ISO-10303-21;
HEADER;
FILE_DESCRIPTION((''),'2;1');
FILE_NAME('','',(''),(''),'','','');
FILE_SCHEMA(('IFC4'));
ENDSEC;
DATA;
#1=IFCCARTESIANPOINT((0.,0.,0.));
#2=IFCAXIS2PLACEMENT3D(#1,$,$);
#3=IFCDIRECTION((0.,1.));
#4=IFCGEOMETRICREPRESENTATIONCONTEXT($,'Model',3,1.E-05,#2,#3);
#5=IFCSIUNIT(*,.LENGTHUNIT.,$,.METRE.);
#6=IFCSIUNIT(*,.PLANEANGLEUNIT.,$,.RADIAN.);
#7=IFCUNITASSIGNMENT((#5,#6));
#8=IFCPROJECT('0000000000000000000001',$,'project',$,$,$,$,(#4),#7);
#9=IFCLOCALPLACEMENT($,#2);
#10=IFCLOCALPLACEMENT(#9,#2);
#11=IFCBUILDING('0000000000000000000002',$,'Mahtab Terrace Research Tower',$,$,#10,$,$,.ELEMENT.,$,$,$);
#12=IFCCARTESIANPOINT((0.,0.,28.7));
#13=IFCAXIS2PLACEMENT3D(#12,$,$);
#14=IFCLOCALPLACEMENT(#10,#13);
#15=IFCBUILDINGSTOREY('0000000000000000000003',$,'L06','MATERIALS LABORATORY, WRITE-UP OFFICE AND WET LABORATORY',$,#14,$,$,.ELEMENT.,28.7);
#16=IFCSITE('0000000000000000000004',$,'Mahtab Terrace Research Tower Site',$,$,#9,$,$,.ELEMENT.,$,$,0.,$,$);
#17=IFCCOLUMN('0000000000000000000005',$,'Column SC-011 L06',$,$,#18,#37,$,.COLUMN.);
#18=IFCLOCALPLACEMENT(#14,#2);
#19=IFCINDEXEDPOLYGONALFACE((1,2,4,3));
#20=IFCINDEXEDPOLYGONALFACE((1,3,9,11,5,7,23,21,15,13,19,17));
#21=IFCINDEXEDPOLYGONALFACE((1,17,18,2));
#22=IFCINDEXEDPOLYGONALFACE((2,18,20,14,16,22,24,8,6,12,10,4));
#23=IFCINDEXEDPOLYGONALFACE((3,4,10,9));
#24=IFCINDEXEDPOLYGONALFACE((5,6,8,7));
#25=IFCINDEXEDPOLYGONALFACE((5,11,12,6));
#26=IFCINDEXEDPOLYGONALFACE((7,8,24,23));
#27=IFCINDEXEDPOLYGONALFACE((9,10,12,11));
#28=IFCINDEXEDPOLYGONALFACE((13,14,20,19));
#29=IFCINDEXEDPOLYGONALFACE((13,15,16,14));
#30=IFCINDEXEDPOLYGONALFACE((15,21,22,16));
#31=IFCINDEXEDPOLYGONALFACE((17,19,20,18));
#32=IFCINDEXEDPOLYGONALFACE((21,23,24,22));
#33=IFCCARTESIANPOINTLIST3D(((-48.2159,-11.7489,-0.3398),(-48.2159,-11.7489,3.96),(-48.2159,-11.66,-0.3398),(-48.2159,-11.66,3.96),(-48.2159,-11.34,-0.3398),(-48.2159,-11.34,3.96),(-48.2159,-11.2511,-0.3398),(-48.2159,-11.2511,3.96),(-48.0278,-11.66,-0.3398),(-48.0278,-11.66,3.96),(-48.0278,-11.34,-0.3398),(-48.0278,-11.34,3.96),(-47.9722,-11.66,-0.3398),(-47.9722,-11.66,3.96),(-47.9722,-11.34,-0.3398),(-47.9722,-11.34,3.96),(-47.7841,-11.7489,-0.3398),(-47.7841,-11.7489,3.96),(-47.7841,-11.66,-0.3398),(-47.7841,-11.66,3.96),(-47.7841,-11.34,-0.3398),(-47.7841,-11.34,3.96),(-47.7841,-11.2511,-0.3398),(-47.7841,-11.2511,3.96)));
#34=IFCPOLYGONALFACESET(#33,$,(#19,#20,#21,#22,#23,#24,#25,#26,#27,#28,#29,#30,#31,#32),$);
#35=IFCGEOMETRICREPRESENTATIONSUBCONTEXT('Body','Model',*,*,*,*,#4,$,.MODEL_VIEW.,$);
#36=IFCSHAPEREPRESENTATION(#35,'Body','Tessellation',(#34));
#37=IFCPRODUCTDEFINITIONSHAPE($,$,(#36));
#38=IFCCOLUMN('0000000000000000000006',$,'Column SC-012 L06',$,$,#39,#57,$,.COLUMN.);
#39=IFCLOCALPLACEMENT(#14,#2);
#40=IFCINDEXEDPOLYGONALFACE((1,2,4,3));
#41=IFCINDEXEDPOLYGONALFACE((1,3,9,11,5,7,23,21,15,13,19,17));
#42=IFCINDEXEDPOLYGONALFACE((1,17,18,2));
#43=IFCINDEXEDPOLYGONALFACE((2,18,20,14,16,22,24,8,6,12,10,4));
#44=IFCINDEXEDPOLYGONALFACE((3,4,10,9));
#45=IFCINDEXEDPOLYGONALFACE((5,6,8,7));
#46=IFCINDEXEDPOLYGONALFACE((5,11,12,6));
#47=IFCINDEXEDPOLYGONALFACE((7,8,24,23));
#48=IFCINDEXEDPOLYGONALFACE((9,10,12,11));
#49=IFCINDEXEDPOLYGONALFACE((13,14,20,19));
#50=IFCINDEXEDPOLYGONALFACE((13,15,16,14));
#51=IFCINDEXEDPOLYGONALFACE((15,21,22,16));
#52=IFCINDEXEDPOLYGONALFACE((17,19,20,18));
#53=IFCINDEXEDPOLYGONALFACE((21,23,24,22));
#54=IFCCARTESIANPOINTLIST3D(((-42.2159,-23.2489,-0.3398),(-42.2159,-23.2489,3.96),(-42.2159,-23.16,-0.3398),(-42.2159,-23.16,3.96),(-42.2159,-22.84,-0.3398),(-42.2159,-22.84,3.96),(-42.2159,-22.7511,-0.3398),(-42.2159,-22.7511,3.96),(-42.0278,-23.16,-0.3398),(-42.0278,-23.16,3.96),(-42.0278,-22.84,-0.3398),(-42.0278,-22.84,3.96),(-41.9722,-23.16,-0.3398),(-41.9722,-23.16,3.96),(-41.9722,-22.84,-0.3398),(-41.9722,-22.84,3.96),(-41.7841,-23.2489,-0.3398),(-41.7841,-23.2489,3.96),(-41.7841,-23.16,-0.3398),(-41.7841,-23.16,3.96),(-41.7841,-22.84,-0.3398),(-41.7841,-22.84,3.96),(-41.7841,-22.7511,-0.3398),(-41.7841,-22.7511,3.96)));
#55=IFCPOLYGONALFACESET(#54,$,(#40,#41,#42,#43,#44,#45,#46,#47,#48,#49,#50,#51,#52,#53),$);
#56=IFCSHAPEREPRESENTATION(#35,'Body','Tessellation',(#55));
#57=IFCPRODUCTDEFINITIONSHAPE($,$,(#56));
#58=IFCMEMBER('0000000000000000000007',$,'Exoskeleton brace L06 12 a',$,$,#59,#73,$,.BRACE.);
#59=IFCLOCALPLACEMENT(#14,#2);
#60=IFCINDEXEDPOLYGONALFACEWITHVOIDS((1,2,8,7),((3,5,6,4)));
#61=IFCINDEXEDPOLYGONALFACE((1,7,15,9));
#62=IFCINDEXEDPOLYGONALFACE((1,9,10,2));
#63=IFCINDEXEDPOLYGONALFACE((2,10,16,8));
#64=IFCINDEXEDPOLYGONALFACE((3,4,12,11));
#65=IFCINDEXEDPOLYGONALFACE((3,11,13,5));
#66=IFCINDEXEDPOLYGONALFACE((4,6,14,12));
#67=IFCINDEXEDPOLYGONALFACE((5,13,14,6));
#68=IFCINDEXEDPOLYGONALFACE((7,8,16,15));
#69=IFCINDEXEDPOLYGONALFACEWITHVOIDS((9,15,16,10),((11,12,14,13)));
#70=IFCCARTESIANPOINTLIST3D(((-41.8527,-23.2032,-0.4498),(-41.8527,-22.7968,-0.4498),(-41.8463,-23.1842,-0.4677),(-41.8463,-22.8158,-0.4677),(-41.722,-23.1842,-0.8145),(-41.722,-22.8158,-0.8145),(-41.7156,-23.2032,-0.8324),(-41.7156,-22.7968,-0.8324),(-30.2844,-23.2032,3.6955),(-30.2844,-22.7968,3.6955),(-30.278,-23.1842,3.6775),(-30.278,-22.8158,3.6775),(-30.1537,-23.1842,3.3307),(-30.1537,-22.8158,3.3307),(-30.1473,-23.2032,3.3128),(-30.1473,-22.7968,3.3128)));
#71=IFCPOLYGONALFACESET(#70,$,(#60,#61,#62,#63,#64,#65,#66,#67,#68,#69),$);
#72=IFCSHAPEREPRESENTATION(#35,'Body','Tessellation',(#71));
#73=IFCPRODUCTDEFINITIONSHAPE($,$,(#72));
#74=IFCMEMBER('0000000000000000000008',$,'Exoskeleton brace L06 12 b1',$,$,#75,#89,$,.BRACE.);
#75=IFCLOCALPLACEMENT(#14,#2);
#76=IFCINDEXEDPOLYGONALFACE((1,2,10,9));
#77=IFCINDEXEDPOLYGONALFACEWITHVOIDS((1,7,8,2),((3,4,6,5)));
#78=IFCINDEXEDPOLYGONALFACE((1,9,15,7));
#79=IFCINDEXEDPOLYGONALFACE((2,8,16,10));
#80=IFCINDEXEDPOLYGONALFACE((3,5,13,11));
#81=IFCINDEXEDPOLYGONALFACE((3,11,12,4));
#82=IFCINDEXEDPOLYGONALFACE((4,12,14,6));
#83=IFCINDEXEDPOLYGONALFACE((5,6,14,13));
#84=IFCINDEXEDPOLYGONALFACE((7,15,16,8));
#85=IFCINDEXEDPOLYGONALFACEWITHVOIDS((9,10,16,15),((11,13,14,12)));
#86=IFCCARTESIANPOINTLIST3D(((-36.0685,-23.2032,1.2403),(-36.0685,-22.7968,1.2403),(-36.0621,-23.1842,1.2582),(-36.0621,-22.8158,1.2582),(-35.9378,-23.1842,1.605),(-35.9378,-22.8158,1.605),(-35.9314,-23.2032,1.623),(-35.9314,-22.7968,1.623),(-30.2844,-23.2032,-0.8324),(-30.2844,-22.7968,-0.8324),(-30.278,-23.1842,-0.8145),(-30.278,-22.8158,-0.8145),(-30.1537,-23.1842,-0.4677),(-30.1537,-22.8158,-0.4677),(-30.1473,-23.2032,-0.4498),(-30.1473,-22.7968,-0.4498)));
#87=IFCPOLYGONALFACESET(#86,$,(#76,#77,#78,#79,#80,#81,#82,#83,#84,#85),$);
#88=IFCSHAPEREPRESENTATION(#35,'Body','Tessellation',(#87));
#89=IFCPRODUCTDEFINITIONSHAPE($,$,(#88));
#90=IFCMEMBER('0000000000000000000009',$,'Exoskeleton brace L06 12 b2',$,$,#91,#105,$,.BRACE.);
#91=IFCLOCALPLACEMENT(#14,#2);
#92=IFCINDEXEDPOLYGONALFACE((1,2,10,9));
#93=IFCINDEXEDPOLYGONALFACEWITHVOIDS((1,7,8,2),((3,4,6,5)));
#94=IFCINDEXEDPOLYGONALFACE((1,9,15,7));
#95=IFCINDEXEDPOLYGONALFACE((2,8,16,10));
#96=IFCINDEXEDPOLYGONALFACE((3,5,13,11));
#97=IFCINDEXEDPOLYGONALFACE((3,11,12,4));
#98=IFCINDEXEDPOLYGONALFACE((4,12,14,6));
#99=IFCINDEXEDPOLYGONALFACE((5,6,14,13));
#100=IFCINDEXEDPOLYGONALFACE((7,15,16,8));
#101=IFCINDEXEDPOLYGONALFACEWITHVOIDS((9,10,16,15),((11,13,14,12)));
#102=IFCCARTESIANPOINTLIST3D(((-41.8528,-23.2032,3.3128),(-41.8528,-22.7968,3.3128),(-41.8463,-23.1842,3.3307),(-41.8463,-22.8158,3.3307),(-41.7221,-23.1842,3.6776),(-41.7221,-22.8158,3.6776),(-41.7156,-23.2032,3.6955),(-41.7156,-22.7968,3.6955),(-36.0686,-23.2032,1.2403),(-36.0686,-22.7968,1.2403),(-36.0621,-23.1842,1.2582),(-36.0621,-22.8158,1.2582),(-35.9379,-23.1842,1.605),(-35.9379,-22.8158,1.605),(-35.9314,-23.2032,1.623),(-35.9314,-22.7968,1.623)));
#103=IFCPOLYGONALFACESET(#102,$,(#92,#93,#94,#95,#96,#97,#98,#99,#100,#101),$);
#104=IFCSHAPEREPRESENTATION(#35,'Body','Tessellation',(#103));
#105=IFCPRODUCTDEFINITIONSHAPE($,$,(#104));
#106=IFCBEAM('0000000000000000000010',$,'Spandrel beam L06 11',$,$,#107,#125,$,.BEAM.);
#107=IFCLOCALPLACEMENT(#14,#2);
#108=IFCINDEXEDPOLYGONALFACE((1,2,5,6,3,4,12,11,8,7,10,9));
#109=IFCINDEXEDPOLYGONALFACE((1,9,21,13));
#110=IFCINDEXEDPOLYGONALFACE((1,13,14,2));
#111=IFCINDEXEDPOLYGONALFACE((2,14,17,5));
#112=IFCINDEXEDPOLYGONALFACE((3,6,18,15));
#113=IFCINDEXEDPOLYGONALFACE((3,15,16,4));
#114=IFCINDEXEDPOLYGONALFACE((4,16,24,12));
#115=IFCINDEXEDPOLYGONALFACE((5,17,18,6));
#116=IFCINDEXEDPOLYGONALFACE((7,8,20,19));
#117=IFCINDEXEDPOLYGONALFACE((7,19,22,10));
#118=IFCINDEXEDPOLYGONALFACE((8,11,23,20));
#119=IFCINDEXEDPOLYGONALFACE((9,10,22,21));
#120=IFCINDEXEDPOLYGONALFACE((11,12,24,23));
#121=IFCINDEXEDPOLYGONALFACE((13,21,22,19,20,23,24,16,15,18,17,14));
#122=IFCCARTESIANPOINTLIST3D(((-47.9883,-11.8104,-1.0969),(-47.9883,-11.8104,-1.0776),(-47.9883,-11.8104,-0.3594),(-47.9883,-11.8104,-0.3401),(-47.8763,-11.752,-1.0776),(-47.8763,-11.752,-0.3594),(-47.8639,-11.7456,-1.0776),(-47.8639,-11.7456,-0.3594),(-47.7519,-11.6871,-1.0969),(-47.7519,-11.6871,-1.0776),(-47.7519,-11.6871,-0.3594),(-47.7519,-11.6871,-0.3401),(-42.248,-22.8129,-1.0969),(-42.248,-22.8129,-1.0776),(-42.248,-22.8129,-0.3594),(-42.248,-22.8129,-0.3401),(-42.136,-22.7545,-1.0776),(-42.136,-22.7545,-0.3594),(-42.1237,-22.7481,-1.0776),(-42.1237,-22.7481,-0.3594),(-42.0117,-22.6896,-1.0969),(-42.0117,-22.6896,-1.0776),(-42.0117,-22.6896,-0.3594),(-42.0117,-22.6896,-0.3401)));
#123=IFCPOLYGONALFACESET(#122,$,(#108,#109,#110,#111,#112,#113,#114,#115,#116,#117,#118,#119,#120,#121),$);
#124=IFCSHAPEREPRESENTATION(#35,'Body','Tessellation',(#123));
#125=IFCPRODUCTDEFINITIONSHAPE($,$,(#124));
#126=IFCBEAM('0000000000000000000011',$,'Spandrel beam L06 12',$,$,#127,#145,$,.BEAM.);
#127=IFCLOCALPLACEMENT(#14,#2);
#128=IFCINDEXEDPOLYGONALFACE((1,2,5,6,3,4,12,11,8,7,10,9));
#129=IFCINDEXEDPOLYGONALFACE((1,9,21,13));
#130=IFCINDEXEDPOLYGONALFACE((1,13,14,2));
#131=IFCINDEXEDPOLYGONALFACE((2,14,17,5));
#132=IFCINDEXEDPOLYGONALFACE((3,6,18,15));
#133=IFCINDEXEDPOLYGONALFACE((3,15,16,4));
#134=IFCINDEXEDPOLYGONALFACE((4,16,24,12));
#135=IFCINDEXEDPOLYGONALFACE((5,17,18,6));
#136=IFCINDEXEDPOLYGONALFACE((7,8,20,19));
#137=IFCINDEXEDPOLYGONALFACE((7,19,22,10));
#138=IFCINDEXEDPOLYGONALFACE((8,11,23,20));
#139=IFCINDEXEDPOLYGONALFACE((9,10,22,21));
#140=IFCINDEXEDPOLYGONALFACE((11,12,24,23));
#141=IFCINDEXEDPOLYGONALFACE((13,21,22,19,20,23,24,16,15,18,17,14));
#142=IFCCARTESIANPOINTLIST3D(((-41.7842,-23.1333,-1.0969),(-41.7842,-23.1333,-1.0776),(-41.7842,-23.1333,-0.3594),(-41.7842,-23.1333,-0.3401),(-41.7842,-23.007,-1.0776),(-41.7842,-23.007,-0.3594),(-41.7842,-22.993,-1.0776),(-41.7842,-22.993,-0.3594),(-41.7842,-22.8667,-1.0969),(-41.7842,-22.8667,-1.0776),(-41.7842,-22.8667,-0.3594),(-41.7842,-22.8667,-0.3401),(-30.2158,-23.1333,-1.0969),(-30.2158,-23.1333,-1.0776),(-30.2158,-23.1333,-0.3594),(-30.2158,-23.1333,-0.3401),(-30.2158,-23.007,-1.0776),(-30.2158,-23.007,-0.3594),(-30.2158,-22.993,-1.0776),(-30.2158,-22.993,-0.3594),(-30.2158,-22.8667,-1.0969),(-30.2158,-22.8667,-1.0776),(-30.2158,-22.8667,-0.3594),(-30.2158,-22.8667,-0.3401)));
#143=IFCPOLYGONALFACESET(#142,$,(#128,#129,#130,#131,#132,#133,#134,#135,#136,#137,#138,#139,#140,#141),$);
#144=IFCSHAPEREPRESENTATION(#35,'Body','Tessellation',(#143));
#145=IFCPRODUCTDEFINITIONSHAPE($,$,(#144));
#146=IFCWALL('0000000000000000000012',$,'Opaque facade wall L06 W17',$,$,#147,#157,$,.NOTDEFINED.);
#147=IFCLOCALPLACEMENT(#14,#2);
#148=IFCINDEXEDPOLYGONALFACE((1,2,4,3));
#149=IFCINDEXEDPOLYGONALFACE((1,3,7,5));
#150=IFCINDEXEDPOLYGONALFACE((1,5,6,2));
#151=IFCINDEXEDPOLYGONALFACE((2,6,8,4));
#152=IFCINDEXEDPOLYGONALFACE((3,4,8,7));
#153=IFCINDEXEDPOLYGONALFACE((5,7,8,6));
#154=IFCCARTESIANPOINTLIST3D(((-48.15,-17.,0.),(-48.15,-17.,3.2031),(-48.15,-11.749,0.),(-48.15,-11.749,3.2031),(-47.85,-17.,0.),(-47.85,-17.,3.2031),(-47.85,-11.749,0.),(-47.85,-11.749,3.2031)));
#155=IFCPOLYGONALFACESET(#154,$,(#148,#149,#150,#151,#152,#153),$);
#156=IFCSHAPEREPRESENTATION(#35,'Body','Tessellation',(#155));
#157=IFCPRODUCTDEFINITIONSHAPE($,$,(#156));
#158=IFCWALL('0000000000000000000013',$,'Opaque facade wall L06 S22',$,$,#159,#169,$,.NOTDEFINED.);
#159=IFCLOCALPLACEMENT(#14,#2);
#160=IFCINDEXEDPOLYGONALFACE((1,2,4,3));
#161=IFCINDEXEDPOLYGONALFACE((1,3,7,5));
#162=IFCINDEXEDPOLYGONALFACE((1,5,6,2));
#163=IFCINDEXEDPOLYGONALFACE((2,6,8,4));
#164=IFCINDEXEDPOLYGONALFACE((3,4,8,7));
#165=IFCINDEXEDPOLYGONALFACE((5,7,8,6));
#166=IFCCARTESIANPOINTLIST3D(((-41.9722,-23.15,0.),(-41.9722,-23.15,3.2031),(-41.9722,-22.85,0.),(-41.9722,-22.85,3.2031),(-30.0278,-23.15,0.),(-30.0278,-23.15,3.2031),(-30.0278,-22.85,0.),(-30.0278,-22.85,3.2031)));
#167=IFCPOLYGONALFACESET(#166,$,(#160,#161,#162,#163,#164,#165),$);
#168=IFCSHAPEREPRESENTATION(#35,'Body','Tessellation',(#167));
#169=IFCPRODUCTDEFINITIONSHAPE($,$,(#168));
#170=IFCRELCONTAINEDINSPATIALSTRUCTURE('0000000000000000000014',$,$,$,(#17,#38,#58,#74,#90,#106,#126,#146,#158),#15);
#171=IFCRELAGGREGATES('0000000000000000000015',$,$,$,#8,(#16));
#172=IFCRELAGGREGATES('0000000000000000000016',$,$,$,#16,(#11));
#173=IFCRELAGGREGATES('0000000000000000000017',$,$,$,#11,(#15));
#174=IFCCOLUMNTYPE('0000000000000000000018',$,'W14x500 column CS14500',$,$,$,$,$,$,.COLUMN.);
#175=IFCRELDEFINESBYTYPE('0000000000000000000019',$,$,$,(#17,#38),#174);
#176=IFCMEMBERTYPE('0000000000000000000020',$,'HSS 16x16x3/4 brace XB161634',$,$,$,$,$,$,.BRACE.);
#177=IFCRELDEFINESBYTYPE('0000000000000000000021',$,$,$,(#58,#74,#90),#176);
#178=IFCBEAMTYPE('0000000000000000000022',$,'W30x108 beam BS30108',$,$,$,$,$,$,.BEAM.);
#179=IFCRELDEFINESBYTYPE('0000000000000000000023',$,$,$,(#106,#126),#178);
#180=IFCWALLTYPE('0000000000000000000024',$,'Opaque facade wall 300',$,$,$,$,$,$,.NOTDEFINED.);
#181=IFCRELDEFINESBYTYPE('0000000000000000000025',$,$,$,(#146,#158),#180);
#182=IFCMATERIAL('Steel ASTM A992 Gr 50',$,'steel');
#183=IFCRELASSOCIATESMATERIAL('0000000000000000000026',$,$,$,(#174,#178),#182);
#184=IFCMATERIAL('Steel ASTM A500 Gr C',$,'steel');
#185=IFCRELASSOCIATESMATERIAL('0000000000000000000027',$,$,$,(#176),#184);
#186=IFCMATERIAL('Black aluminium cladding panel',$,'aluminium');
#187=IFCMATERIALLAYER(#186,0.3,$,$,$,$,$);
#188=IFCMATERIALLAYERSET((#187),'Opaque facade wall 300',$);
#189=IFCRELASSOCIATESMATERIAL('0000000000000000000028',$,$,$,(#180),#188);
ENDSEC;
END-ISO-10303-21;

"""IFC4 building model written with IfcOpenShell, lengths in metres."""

from ifc_helpers import new_model, si_unit, direction, frame, frame_2d, origin, origin_2d, place, context, subcontext, project, spatial, rectangle, hollow_rectangle, i_section, extrude, material, layer, layer_set, material_profile, profile_set, type_object, element, save


model = new_model("IFC4")

# Units and contexts
model_context = context("Model", 3, precision=1e-05, world=origin(), true_north=direction((0.0, 1.0)))
body_context = subcontext(model_context, "Body", "Model", "MODEL_VIEW")
ifc_project = project(units=[si_unit("LENGTHUNIT", "METRE"), si_unit("PLANEANGLEUNIT", "RADIAN")], contexts=[model_context])

# Site, building, storey
site_placement = place(None, origin())
site = spatial("IfcSite", under=ifc_project, at=site_placement, Name="Mahtab Terrace Research Tower Site", CompositionType="ELEMENT", RefElevation=0.0)
building_placement = place(site_placement, origin())
building = spatial("IfcBuilding", under=site, at=building_placement, Name="Mahtab Terrace Research Tower", CompositionType="ELEMENT")
storey_placement = place(building_placement, frame((0.0, 0.0, 28.7)))
storey = spatial("IfcBuildingStorey", under=building, at=storey_placement, Name="L06", Description="MATERIALS LABORATORY, WRITE-UP OFFICE AND WET LABORATORY", CompositionType="ELEMENT", Elevation=28.7)

# Columns
ifc_material_1 = material(Name="Steel ASTM A992 Gr 50", Category="steel")
ifc_material_profile_1 = material_profile(ifc_material_1, i_section(OverallWidth=0.4319, OverallDepth=0.4978, WebThickness=0.0557, FlangeThickness=0.0889, at=origin_2d()), Name="W14X500")
ifc_profile_set_1 = profile_set([ifc_material_profile_1], Name="Steel ASTM A992 Gr 50")
column_type = type_object("IfcColumnType", Name="W14x500 column CS14500", PredefinedType="COLUMN", material=ifc_profile_set_1)
for number, where, z_axis, x_axis, name in (
    (1, (-48.0, -11.5, -0.3398), (0.0, 0.0, 1.0), (1.0, 0.0, 0.0), "Column SC-011 L06"),
    (2, (-42.0, -23.0, -0.3398), (0.0, 0.0, 1.0), (1.0, 0.0, 0.0), "Column SC-012 L06"),
):
    element("IfcColumn", number, at=place(storey_placement, frame(where, z_axis=z_axis, x_axis=x_axis)), inside=storey, type_object=column_type, Name=name, PredefinedType="COLUMN", context=body_context, shape_type="SweptSolid", body=[
        extrude(i_section(OverallWidth=0.4319, OverallDepth=0.4978, WebThickness=0.0557, FlangeThickness=0.0889, at=origin_2d()), origin(), (0.0, 0.0, 1.0), 4.2998),
    ])

# Members
ifc_material_2 = material(Name="Steel ASTM A500 Gr C", Category="steel")
ifc_material_profile_2 = material_profile(ifc_material_2, hollow_rectangle(XDim=0.4065, YDim=0.4065, WallThickness=0.019, at=origin_2d()), Name="HSS16X16X3/4")
ifc_profile_set_2 = profile_set([ifc_material_profile_2], Name="Steel ASTM A500 Gr C")
member_type = type_object("IfcMemberType", Name="HSS 16x16x3/4 brace XB161634", PredefinedType="BRACE", material=ifc_profile_set_2)
member_placement = place(storey_placement, frame((-41.7842, -23.0, -0.6411), z_axis=(0.941388, 0.0, 0.337325), x_axis=(0.0, 1.0, 0.0)))
element("IfcMember", 3, at=member_placement, inside=storey, type_object=member_type, Name="Exoskeleton brace L06 12 a", PredefinedType="BRACE", context=body_context, shape_type="SweptSolid", body=[
    extrude(hollow_rectangle(XDim=0.4065, YDim=0.4065, WallThickness=0.019, at=origin_2d()), origin(), (0.0, 0.0, 1.0), 12.2886),
])
for number, where, z_axis, x_axis, name in (
    (4, (-30.2158, -23.0, -0.6411), (-0.941382, 0.0, 0.337343), (0.0, -1.0, 0.0), "Exoskeleton brace L06 12 b1"),
    (5, (-36.0, -23.0, 1.4316), (-0.941394, 0.0, 0.337308), (0.0, -1.0, 0.0), "Exoskeleton brace L06 12 b2"),
):
    element("IfcMember", number, at=place(storey_placement, frame(where, z_axis=z_axis, x_axis=x_axis)), inside=storey, type_object=member_type, Name=name, PredefinedType="BRACE", context=body_context, shape_type="SweptSolid", body=[
        extrude(hollow_rectangle(XDim=0.4065, YDim=0.4065, WallThickness=0.019, at=origin_2d()), origin(), (0.0, 0.0, 1.0), 6.1443),
    ])

# Beams
ifc_material_profile_3 = material_profile(ifc_material_1, i_section(OverallWidth=0.2666, OverallDepth=0.7568, WebThickness=0.0139, FlangeThickness=0.0193, at=origin_2d()), Name="W30X108")
ifc_profile_set_3 = profile_set([ifc_material_profile_3], Name="Steel ASTM A992 Gr 50")
beam_type = type_object("IfcBeamType", Name="W30x108 beam BS30108", PredefinedType="BEAM", material=ifc_profile_set_3)
beam_1_placement = place(storey_placement, frame((-47.8701, -11.7488, -0.7185), z_axis=(0.462555, -0.88659, 0.0), x_axis=(0.88659, 0.462555, 0.0)))
element("IfcBeam", 6, at=beam_1_placement, inside=storey, type_object=beam_type, Name="Spandrel beam L06 11", PredefinedType="BEAM", context=body_context, shape_type="SweptSolid", body=[
    extrude(i_section(OverallWidth=0.2666, OverallDepth=0.7568, WebThickness=0.0139, FlangeThickness=0.0193, at=origin_2d()), origin(), (0.0, 0.0, 1.0), 12.4099),
])
beam_2_placement = place(storey_placement, frame((-41.7842, -23.0, -0.7185), z_axis=(1.0, 0.0, 0.0), x_axis=(0.0, 1.0, 0.0)))
element("IfcBeam", 7, at=beam_2_placement, inside=storey, type_object=beam_type, Name="Spandrel beam L06 12", PredefinedType="BEAM", context=body_context, shape_type="SweptSolid", body=[
    extrude(i_section(OverallWidth=0.2666, OverallDepth=0.7568, WebThickness=0.0139, FlangeThickness=0.0193, at=origin_2d()), origin(), (0.0, 0.0, 1.0), 11.5684),
])

# Walls
ifc_material_3 = material(Name="Black aluminium cladding panel", Category="aluminium")
ifc_layer_1 = layer(ifc_material_3, 0.3)
ifc_layer_set_1 = layer_set([ifc_layer_1], Name="Opaque facade wall 300")
wall_type_1 = type_object("IfcWallType", Name="Opaque facade wall 300", PredefinedType="NOTDEFINED", material=ifc_layer_set_1)
wall_1_placement = place(storey_placement, frame((-48.0, -11.749, 0.0), z_axis=(0.0, 0.0, 1.0), x_axis=(0.0, -1.0, 0.0)))
element("IfcWall", 8, at=wall_1_placement, inside=storey, type_object=wall_type_1, Name="Opaque facade wall L06 W17", PredefinedType="NOTDEFINED", context=body_context, shape_type="SweptSolid", body=[
    extrude(rectangle(XDim=5.251, YDim=0.3, at=frame_2d((2.6255, 0.0))), origin(), (0.0, 0.0, 1.0), 3.2031),
])
wall_2_placement = place(storey_placement, frame((-41.9722, -23.0, 0.0), z_axis=(0.0, 0.0, 1.0), x_axis=(1.0, 0.0, 0.0)))
element("IfcWall", 9, at=wall_2_placement, inside=storey, type_object=wall_type_1, Name="Opaque facade wall L06 S22", PredefinedType="NOTDEFINED", context=body_context, shape_type="SweptSolid", body=[
    extrude(rectangle(XDim=11.9443, YDim=0.3, at=frame_2d((5.9722, 0.0))), origin(), (0.0, 0.0, 1.0), 3.2031),
])

save(model, "model.ifc")
